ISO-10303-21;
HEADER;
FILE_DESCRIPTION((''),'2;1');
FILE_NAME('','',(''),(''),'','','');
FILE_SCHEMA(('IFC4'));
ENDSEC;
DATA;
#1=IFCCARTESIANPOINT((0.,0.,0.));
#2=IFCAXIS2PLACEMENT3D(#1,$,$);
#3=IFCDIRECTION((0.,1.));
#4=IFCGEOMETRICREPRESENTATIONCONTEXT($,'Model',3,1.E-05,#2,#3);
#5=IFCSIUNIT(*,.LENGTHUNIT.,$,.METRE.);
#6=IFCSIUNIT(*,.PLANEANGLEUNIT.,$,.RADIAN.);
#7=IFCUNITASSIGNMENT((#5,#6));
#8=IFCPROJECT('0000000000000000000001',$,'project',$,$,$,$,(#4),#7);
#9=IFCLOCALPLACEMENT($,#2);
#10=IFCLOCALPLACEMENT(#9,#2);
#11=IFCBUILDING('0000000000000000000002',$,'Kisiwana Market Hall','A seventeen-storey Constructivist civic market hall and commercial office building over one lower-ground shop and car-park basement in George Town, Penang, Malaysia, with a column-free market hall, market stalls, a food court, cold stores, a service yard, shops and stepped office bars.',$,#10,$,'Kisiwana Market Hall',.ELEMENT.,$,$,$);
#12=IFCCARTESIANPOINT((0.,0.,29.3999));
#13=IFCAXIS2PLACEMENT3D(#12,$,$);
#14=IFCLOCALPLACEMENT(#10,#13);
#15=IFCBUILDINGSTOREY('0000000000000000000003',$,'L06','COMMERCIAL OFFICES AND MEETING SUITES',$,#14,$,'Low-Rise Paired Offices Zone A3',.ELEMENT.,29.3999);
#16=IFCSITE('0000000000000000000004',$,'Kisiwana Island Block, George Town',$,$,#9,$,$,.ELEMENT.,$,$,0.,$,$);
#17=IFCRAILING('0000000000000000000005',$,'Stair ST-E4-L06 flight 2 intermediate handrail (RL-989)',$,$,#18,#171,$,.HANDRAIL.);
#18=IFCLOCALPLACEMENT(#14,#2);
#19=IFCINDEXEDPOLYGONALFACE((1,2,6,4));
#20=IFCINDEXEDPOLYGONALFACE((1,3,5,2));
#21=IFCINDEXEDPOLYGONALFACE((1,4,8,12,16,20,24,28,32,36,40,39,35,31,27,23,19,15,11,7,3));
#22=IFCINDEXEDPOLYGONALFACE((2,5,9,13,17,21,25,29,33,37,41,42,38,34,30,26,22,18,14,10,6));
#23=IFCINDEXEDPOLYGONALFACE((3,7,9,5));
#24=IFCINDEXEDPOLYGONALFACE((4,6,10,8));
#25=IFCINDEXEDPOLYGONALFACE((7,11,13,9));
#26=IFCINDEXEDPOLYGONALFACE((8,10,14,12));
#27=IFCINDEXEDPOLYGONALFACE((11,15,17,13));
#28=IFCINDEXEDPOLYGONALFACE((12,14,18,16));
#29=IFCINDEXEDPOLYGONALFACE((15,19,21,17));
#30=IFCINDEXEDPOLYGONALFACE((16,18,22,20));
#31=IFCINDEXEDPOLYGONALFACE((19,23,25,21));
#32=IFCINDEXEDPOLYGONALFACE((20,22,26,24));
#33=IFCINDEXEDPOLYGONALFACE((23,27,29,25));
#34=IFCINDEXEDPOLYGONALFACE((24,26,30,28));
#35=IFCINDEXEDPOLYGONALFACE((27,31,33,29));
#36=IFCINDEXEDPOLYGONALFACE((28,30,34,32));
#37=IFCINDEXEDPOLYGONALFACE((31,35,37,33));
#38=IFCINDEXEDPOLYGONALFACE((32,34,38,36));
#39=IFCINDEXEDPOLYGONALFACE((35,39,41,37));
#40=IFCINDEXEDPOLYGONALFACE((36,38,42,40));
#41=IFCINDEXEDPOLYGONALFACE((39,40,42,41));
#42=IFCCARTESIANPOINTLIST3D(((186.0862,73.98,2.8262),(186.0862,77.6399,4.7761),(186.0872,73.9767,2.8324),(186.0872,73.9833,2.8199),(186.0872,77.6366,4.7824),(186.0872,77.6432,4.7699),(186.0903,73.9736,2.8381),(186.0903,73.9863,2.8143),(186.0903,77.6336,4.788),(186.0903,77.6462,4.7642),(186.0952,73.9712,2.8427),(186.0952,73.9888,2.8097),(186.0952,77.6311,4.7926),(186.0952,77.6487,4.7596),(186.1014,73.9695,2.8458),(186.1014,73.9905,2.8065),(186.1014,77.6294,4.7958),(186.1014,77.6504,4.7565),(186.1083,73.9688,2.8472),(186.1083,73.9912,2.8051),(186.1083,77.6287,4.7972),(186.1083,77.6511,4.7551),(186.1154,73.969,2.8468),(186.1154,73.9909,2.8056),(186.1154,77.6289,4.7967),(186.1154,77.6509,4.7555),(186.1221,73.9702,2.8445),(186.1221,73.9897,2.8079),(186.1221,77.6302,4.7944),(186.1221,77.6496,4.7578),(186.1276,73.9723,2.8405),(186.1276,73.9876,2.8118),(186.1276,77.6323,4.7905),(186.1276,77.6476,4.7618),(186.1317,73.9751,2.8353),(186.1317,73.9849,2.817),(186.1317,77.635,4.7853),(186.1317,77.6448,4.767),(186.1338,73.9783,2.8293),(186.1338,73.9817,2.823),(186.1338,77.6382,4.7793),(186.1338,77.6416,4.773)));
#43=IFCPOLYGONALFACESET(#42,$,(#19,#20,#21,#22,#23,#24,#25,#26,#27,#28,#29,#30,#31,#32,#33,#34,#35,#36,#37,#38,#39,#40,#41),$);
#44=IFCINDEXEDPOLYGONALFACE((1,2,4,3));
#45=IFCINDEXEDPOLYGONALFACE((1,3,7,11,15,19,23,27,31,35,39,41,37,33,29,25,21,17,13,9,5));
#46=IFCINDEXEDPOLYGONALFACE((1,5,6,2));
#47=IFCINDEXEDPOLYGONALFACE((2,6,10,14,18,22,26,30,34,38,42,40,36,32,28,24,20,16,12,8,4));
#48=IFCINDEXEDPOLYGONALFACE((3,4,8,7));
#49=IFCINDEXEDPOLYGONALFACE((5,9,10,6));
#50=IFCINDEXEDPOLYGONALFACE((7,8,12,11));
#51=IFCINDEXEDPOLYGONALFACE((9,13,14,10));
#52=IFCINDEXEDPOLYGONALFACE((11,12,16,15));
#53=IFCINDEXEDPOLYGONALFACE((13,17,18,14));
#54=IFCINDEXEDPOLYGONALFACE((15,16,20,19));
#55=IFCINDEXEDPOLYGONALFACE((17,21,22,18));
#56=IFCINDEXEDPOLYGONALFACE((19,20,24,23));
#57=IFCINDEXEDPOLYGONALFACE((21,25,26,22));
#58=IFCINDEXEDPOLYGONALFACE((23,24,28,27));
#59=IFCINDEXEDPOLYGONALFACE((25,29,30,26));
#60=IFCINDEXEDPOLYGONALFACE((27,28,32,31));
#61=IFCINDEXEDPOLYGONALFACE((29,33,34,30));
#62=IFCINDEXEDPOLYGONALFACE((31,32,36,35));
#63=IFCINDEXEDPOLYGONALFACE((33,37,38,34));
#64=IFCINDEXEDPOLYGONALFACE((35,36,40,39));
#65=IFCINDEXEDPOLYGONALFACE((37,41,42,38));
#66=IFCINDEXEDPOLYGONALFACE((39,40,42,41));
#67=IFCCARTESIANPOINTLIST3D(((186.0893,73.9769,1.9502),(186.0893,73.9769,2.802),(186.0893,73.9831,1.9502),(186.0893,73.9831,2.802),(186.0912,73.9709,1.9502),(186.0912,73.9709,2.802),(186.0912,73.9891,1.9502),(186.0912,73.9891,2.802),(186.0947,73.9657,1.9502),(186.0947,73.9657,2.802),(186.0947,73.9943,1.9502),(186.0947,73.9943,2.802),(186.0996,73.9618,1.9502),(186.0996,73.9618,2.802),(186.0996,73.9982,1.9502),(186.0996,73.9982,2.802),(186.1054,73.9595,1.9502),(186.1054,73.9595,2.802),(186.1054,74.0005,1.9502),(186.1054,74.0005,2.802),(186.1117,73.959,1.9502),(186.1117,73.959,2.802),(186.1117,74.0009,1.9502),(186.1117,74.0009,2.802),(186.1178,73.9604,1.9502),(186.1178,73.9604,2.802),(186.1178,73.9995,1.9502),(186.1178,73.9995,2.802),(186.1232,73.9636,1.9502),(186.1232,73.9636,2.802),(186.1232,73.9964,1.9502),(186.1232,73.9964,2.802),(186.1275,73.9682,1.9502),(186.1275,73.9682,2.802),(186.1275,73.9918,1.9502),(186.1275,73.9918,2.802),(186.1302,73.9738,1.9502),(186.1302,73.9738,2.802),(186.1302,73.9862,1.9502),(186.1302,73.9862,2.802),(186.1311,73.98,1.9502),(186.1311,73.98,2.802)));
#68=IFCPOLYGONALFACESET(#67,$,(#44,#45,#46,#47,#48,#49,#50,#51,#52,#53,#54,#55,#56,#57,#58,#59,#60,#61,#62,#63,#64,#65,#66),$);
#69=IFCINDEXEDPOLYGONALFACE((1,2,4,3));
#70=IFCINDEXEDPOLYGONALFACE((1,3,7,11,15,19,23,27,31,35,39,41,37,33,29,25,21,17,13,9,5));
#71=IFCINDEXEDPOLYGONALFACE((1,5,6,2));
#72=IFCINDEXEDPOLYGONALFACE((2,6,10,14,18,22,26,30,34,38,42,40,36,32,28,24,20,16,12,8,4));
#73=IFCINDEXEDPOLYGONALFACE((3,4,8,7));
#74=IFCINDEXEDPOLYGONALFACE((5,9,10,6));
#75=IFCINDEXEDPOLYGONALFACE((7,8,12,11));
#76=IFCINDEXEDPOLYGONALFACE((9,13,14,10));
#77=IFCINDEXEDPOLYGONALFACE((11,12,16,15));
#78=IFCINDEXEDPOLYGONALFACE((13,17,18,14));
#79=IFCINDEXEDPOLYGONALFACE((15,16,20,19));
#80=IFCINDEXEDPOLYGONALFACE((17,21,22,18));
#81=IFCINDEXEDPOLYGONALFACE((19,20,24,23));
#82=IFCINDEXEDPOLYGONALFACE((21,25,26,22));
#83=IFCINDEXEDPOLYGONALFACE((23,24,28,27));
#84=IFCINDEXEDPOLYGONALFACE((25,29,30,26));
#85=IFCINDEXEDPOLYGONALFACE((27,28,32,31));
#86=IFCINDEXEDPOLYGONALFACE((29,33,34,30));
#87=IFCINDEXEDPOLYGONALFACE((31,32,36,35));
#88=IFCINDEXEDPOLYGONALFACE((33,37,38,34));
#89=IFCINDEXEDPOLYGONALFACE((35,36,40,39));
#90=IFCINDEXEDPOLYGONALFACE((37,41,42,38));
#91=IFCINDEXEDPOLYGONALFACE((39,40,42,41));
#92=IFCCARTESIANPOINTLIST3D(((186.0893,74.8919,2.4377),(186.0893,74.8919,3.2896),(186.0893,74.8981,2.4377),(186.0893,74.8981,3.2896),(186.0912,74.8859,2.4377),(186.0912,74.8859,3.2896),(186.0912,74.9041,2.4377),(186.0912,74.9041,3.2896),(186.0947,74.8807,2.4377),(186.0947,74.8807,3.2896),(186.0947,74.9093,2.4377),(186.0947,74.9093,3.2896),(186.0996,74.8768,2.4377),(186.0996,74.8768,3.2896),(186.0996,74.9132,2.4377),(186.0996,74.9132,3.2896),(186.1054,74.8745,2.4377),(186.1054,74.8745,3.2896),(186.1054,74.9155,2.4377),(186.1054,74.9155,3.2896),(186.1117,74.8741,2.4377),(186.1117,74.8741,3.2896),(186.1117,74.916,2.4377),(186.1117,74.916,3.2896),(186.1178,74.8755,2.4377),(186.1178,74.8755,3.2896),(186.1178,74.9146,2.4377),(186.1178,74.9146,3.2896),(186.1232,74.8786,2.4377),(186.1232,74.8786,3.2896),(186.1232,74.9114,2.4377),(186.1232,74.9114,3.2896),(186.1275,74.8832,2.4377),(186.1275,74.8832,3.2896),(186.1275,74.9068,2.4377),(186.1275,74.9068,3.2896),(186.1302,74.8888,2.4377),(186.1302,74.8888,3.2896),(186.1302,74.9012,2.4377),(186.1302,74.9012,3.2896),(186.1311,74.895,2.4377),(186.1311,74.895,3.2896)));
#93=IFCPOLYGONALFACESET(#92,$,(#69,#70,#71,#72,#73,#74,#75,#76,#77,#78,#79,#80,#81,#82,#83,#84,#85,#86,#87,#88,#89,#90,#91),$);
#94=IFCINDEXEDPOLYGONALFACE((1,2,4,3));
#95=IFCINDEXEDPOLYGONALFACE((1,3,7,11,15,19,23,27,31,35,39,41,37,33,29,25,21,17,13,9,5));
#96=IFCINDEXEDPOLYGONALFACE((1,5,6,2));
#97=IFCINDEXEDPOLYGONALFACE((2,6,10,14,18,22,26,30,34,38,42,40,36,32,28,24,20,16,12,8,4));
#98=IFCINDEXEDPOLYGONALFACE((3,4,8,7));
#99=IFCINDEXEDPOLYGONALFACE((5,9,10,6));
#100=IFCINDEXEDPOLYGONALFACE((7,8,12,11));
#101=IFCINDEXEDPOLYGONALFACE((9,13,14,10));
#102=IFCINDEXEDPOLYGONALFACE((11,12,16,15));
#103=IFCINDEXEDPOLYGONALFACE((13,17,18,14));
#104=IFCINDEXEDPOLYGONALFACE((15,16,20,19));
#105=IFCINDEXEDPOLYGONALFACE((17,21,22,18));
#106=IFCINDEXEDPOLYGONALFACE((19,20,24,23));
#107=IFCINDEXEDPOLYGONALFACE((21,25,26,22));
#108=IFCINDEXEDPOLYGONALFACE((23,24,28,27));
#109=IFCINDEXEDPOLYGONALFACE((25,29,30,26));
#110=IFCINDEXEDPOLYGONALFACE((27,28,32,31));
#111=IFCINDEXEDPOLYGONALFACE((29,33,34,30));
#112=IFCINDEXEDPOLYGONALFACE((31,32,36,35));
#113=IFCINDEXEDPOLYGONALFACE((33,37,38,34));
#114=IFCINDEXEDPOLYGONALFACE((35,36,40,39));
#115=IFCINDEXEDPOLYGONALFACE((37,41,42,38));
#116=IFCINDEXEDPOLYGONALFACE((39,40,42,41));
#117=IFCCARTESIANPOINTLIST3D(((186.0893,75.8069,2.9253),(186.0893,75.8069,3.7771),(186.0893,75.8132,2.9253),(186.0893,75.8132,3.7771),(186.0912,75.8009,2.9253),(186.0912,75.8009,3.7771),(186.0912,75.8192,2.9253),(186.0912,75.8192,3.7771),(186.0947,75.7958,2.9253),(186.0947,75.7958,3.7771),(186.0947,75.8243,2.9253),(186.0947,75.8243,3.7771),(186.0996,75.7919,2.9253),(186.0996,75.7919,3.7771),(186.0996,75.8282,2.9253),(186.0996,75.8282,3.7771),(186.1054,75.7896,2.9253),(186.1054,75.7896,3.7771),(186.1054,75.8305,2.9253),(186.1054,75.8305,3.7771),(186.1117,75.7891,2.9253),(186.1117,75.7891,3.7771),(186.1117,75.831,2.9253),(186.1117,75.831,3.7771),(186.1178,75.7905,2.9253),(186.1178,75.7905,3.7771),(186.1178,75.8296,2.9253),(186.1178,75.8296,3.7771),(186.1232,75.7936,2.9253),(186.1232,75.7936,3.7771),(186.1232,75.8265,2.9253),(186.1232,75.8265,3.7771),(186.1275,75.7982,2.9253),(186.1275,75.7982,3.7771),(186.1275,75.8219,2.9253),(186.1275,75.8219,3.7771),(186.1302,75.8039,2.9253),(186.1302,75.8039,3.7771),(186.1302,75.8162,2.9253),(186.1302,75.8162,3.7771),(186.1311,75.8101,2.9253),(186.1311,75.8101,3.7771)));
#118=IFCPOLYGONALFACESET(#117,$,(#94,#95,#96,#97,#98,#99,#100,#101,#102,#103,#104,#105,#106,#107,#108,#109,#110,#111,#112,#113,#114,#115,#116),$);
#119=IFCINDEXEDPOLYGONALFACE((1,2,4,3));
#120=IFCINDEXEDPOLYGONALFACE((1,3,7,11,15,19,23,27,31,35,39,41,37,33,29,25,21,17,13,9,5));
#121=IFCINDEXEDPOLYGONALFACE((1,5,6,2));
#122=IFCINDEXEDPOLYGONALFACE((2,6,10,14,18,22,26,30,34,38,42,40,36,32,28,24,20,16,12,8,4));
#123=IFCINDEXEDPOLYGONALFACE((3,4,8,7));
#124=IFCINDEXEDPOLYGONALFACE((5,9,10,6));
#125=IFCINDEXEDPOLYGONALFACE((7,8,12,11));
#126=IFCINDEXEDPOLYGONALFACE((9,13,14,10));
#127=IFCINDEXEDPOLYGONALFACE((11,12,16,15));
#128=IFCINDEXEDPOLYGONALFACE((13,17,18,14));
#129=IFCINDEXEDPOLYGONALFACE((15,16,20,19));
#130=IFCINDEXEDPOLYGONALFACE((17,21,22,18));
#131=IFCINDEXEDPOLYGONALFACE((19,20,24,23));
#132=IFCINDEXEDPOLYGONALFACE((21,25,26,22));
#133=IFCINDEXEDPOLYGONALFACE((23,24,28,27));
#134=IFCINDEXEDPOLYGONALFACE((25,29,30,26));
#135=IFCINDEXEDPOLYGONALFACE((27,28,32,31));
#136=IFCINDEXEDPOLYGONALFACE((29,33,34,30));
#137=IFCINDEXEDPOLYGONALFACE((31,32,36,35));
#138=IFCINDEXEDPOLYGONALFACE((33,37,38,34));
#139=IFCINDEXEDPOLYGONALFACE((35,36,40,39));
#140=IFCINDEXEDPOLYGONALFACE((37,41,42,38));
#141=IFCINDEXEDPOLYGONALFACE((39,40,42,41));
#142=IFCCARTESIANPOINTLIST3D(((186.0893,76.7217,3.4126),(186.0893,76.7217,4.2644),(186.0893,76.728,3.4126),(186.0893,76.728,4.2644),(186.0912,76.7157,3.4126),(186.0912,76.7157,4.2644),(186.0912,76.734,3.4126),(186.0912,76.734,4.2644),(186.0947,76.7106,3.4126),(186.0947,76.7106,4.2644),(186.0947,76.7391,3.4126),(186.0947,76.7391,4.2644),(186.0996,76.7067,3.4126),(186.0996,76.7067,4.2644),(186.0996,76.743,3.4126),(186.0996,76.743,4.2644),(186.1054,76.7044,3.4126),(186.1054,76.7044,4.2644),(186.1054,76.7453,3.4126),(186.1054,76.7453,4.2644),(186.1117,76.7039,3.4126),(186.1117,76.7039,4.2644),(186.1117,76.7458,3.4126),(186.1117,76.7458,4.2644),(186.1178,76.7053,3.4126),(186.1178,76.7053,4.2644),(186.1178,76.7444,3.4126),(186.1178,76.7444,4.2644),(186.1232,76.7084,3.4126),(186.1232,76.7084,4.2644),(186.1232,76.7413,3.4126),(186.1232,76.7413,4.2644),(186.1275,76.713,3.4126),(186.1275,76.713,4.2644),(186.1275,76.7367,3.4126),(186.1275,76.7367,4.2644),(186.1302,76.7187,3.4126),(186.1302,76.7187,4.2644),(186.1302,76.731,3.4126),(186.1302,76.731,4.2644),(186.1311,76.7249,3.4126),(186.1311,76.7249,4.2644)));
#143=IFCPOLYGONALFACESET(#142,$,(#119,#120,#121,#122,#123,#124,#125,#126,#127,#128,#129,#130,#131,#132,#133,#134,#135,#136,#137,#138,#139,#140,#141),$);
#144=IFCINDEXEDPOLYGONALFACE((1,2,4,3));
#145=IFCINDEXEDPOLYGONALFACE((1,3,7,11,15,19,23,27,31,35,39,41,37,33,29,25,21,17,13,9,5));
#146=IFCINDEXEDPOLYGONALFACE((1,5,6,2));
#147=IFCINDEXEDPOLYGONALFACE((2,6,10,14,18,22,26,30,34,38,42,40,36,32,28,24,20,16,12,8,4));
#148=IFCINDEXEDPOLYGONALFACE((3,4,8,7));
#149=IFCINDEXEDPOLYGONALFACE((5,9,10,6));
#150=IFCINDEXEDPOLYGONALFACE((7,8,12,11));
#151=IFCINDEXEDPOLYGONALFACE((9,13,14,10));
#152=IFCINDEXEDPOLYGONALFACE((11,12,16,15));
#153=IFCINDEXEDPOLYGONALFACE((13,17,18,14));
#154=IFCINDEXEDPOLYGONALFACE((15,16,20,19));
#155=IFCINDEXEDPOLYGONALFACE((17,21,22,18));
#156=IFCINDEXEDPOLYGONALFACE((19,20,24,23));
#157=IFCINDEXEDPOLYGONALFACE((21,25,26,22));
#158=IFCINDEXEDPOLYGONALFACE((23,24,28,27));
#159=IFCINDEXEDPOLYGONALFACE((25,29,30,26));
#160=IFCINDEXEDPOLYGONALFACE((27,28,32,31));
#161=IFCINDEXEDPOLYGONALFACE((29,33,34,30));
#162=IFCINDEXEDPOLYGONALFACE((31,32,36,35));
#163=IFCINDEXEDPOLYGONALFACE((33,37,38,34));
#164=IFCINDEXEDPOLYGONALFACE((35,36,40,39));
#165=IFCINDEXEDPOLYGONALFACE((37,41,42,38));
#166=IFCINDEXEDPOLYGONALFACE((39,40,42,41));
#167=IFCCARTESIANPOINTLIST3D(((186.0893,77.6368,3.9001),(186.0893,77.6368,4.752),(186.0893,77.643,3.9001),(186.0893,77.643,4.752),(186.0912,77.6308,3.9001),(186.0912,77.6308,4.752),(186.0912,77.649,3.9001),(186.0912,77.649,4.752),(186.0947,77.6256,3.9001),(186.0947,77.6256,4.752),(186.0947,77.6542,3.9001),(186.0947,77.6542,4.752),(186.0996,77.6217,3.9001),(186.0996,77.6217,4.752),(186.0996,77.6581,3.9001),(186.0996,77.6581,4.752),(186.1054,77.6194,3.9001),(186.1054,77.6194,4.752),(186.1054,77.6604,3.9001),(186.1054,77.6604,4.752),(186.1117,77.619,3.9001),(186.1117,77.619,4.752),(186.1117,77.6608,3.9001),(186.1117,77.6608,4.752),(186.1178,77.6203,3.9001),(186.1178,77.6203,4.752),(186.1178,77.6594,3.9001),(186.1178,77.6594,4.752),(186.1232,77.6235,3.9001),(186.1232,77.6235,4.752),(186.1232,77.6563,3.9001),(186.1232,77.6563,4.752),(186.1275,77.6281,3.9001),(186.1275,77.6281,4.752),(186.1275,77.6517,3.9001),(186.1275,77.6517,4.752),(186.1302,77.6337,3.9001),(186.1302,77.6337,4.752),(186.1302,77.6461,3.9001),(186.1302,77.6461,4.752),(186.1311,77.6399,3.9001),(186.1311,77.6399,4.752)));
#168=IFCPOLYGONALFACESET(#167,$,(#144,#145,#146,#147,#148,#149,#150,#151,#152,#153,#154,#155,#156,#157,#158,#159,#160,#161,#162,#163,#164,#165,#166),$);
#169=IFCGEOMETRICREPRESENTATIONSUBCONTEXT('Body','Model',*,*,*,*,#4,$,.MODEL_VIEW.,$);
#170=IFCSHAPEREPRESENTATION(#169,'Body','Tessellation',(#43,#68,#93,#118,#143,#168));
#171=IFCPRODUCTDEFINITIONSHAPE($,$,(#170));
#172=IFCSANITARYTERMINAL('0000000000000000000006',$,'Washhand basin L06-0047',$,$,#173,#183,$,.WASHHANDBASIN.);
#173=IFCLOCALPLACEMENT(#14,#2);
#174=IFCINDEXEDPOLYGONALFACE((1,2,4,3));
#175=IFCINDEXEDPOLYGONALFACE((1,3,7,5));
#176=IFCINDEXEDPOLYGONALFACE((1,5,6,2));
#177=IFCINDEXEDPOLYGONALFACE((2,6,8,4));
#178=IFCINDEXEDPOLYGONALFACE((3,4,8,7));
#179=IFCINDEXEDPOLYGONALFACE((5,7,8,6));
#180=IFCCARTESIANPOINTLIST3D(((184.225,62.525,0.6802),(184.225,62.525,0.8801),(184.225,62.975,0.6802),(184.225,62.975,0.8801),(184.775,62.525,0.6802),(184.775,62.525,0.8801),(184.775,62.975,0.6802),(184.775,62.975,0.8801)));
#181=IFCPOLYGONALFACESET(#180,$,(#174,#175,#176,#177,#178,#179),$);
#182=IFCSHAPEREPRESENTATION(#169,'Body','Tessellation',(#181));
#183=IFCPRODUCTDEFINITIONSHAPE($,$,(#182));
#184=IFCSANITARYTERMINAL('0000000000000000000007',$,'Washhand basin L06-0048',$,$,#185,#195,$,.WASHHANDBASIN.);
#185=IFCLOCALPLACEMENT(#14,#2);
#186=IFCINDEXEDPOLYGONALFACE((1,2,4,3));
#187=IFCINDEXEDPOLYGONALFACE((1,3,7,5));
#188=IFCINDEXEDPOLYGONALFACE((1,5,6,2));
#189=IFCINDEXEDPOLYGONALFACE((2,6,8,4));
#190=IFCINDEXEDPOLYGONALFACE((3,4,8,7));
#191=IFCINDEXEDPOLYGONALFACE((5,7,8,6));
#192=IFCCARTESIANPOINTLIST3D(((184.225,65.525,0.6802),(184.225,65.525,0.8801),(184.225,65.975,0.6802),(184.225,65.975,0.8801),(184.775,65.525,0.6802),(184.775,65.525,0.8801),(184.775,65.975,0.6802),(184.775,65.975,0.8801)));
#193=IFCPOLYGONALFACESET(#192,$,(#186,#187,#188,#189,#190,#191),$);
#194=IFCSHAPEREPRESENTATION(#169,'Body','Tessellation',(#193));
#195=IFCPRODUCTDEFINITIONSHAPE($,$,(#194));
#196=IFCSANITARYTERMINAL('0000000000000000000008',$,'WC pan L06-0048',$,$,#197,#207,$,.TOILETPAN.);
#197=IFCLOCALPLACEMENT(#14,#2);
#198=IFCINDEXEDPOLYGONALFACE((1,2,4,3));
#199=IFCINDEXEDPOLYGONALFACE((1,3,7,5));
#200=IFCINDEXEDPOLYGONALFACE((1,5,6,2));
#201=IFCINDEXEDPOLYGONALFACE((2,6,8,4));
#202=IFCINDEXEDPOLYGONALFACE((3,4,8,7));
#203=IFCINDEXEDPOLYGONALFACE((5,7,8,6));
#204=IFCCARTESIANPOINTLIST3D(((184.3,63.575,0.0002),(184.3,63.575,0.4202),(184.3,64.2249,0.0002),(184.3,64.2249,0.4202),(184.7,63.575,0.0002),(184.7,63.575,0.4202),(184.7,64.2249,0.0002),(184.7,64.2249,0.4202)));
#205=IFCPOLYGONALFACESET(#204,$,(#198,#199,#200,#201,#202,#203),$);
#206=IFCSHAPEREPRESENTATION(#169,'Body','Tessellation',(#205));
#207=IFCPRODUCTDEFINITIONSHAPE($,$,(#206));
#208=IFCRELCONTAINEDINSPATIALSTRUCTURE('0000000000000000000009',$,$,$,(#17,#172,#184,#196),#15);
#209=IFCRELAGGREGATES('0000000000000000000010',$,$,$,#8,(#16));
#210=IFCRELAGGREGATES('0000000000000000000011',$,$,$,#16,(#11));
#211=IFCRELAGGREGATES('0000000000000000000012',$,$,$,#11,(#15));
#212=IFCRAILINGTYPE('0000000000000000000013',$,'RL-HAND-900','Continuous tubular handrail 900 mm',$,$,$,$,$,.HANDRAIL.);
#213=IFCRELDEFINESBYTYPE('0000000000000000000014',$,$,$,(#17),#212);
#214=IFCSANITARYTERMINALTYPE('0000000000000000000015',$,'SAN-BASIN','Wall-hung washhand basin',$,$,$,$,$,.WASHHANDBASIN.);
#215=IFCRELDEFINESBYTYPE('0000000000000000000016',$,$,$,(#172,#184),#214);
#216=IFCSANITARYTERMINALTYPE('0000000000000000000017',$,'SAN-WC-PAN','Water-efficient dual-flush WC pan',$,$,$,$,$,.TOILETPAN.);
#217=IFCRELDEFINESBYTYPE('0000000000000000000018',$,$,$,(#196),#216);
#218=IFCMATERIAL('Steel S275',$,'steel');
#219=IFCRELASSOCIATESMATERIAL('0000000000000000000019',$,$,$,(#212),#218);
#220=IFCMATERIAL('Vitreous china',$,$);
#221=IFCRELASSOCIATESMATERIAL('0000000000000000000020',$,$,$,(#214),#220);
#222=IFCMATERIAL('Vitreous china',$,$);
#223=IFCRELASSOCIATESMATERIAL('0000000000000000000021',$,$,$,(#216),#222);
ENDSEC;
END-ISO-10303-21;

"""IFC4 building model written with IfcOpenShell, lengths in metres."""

from ifc_helpers import new_model, si_unit, direction, frame, origin, origin_2d, place, context, subcontext, project, spatial, rectangle, circle, extrude, material, type_object, element, save


model = new_model("IFC4")

# Units and contexts
model_context = context("Model", 3, precision=1e-05, world=origin(), true_north=direction((0.0, 1.0)))
body_context = subcontext(model_context, "Body", "Model", "MODEL_VIEW")
ifc_project = project(units=[si_unit("LENGTHUNIT", "METRE"), si_unit("PLANEANGLEUNIT", "RADIAN")], contexts=[model_context])

# Site, building, storey
site_placement = place(None, origin())
site = spatial("IfcSite", under=ifc_project, at=site_placement, Name="Kisiwana Island Block, George Town", CompositionType="ELEMENT", RefElevation=0.0)
building_placement = place(site_placement, origin())
building = spatial("IfcBuilding", under=site, at=building_placement, Name="Kisiwana Market Hall", Description="A seventeen-storey Constructivist civic market hall and commercial office building over one lower-ground shop and car-park basement in George Town, Penang, Malaysia, with a column-free market hall, market stalls, a food court, cold stores, a service yard, shops and stepped office bars.", LongName="Kisiwana Market Hall", CompositionType="ELEMENT")
storey_placement = place(building_placement, frame((0.0, 0.0, 29.3999)))
storey = spatial("IfcBuildingStorey", under=building, at=storey_placement, Name="L06", Description="COMMERCIAL OFFICES AND MEETING SUITES", LongName="Low-Rise Paired Offices Zone A3", CompositionType="ELEMENT", Elevation=29.3999)

# Railing
ifc_material_1 = material(Name="Steel S275", Category="steel")
railing_type = type_object("IfcRailingType", Name="RL-HAND-900", Description="Continuous tubular handrail 900 mm", PredefinedType="HANDRAIL", material=ifc_material_1)
for number, where, name in (
    (1, (186.1101, 73.98, 1.9502), "Stair ST-E4-L06 flight 2 intermediate handrail (RL-989)"),
):
    element("IfcRailing", number, at=place(storey_placement, frame(where)), inside=storey, type_object=railing_type, Name=name, PredefinedType="HANDRAIL", context=body_context, shape_type="SweptSolid", body=[
        extrude(circle(Radius=0.0239, at=origin_2d()), frame((0.0, 0.0, 0.876), z_axis=(0.0, 0.882553, 0.470212), x_axis=(-1.0, 0.0, 0.0)), (0.0, 0.0, 1.0), 4.147),
        extrude(circle(Radius=0.021, at=origin_2d()), origin(), (0.0, 0.0, 1.0), 0.8518),
        extrude(circle(Radius=0.021, at=origin_2d()), frame((0.0, 0.915, 0.4875)), (0.0, 0.0, 1.0), 0.8518),
        extrude(circle(Radius=0.021, at=origin_2d()), frame((0.0, 1.8301, 0.9751)), (0.0, 0.0, 1.0), 0.8518),
        extrude(circle(Radius=0.021, at=origin_2d()), frame((0.0, 2.7449, 1.4624)), (0.0, 0.0, 1.0), 0.8518),
        extrude(circle(Radius=0.021, at=origin_2d()), frame((0.0, 3.6599, 1.95)), (0.0, 0.0, 1.0), 0.8518),
    ])

# Sanitary terminals
ifc_material_2 = material(Name="Vitreous china")
sanitary_terminal_type_1 = type_object("IfcSanitaryTerminalType", Name="SAN-BASIN", Description="Wall-hung washhand basin", PredefinedType="WASHHANDBASIN", material=ifc_material_2)
for number, where, z_axis, x_axis, name in (
    (2, (184.5, 62.75, 0.6802), (0.0, 0.0, 1.0), (1.0, 0.0, 0.0), "Washhand basin L06-0047"),
    (3, (184.5, 65.75, 0.6802), (0.0, 0.0, 1.0), (1.0, 0.0, 0.0), "Washhand basin L06-0048"),
):
    element("IfcSanitaryTerminal", number, at=place(storey_placement, frame(where, z_axis=z_axis, x_axis=x_axis)), inside=storey, type_object=sanitary_terminal_type_1, Name=name, PredefinedType="WASHHANDBASIN", context=body_context, shape_type="SweptSolid", body=[
        extrude(rectangle(XDim=0.55, YDim=0.45, at=origin_2d()), origin(), (0.0, 0.0, 1.0), 0.2),
    ])
ifc_material_3 = material(Name="Vitreous china")
sanitary_terminal_type_2 = type_object("IfcSanitaryTerminalType", Name="SAN-WC-PAN", Description="Water-efficient dual-flush WC pan", PredefinedType="TOILETPAN", material=ifc_material_3)
sanitary_terminal_placement = place(storey_placement, frame((184.5, 63.8999, 0.0002), z_axis=(0.0, 0.0, 1.0), x_axis=(1.0, 0.0, 0.0)))
element("IfcSanitaryTerminal", 4, at=sanitary_terminal_placement, inside=storey, type_object=sanitary_terminal_type_2, Name="WC pan L06-0048", PredefinedType="TOILETPAN", context=body_context, shape_type="SweptSolid", body=[
    extrude(rectangle(XDim=0.3999, YDim=0.6499, at=origin_2d()), origin(), (0.0, 0.0, 1.0), 0.4199),
])

save(model, "model.ifc")
